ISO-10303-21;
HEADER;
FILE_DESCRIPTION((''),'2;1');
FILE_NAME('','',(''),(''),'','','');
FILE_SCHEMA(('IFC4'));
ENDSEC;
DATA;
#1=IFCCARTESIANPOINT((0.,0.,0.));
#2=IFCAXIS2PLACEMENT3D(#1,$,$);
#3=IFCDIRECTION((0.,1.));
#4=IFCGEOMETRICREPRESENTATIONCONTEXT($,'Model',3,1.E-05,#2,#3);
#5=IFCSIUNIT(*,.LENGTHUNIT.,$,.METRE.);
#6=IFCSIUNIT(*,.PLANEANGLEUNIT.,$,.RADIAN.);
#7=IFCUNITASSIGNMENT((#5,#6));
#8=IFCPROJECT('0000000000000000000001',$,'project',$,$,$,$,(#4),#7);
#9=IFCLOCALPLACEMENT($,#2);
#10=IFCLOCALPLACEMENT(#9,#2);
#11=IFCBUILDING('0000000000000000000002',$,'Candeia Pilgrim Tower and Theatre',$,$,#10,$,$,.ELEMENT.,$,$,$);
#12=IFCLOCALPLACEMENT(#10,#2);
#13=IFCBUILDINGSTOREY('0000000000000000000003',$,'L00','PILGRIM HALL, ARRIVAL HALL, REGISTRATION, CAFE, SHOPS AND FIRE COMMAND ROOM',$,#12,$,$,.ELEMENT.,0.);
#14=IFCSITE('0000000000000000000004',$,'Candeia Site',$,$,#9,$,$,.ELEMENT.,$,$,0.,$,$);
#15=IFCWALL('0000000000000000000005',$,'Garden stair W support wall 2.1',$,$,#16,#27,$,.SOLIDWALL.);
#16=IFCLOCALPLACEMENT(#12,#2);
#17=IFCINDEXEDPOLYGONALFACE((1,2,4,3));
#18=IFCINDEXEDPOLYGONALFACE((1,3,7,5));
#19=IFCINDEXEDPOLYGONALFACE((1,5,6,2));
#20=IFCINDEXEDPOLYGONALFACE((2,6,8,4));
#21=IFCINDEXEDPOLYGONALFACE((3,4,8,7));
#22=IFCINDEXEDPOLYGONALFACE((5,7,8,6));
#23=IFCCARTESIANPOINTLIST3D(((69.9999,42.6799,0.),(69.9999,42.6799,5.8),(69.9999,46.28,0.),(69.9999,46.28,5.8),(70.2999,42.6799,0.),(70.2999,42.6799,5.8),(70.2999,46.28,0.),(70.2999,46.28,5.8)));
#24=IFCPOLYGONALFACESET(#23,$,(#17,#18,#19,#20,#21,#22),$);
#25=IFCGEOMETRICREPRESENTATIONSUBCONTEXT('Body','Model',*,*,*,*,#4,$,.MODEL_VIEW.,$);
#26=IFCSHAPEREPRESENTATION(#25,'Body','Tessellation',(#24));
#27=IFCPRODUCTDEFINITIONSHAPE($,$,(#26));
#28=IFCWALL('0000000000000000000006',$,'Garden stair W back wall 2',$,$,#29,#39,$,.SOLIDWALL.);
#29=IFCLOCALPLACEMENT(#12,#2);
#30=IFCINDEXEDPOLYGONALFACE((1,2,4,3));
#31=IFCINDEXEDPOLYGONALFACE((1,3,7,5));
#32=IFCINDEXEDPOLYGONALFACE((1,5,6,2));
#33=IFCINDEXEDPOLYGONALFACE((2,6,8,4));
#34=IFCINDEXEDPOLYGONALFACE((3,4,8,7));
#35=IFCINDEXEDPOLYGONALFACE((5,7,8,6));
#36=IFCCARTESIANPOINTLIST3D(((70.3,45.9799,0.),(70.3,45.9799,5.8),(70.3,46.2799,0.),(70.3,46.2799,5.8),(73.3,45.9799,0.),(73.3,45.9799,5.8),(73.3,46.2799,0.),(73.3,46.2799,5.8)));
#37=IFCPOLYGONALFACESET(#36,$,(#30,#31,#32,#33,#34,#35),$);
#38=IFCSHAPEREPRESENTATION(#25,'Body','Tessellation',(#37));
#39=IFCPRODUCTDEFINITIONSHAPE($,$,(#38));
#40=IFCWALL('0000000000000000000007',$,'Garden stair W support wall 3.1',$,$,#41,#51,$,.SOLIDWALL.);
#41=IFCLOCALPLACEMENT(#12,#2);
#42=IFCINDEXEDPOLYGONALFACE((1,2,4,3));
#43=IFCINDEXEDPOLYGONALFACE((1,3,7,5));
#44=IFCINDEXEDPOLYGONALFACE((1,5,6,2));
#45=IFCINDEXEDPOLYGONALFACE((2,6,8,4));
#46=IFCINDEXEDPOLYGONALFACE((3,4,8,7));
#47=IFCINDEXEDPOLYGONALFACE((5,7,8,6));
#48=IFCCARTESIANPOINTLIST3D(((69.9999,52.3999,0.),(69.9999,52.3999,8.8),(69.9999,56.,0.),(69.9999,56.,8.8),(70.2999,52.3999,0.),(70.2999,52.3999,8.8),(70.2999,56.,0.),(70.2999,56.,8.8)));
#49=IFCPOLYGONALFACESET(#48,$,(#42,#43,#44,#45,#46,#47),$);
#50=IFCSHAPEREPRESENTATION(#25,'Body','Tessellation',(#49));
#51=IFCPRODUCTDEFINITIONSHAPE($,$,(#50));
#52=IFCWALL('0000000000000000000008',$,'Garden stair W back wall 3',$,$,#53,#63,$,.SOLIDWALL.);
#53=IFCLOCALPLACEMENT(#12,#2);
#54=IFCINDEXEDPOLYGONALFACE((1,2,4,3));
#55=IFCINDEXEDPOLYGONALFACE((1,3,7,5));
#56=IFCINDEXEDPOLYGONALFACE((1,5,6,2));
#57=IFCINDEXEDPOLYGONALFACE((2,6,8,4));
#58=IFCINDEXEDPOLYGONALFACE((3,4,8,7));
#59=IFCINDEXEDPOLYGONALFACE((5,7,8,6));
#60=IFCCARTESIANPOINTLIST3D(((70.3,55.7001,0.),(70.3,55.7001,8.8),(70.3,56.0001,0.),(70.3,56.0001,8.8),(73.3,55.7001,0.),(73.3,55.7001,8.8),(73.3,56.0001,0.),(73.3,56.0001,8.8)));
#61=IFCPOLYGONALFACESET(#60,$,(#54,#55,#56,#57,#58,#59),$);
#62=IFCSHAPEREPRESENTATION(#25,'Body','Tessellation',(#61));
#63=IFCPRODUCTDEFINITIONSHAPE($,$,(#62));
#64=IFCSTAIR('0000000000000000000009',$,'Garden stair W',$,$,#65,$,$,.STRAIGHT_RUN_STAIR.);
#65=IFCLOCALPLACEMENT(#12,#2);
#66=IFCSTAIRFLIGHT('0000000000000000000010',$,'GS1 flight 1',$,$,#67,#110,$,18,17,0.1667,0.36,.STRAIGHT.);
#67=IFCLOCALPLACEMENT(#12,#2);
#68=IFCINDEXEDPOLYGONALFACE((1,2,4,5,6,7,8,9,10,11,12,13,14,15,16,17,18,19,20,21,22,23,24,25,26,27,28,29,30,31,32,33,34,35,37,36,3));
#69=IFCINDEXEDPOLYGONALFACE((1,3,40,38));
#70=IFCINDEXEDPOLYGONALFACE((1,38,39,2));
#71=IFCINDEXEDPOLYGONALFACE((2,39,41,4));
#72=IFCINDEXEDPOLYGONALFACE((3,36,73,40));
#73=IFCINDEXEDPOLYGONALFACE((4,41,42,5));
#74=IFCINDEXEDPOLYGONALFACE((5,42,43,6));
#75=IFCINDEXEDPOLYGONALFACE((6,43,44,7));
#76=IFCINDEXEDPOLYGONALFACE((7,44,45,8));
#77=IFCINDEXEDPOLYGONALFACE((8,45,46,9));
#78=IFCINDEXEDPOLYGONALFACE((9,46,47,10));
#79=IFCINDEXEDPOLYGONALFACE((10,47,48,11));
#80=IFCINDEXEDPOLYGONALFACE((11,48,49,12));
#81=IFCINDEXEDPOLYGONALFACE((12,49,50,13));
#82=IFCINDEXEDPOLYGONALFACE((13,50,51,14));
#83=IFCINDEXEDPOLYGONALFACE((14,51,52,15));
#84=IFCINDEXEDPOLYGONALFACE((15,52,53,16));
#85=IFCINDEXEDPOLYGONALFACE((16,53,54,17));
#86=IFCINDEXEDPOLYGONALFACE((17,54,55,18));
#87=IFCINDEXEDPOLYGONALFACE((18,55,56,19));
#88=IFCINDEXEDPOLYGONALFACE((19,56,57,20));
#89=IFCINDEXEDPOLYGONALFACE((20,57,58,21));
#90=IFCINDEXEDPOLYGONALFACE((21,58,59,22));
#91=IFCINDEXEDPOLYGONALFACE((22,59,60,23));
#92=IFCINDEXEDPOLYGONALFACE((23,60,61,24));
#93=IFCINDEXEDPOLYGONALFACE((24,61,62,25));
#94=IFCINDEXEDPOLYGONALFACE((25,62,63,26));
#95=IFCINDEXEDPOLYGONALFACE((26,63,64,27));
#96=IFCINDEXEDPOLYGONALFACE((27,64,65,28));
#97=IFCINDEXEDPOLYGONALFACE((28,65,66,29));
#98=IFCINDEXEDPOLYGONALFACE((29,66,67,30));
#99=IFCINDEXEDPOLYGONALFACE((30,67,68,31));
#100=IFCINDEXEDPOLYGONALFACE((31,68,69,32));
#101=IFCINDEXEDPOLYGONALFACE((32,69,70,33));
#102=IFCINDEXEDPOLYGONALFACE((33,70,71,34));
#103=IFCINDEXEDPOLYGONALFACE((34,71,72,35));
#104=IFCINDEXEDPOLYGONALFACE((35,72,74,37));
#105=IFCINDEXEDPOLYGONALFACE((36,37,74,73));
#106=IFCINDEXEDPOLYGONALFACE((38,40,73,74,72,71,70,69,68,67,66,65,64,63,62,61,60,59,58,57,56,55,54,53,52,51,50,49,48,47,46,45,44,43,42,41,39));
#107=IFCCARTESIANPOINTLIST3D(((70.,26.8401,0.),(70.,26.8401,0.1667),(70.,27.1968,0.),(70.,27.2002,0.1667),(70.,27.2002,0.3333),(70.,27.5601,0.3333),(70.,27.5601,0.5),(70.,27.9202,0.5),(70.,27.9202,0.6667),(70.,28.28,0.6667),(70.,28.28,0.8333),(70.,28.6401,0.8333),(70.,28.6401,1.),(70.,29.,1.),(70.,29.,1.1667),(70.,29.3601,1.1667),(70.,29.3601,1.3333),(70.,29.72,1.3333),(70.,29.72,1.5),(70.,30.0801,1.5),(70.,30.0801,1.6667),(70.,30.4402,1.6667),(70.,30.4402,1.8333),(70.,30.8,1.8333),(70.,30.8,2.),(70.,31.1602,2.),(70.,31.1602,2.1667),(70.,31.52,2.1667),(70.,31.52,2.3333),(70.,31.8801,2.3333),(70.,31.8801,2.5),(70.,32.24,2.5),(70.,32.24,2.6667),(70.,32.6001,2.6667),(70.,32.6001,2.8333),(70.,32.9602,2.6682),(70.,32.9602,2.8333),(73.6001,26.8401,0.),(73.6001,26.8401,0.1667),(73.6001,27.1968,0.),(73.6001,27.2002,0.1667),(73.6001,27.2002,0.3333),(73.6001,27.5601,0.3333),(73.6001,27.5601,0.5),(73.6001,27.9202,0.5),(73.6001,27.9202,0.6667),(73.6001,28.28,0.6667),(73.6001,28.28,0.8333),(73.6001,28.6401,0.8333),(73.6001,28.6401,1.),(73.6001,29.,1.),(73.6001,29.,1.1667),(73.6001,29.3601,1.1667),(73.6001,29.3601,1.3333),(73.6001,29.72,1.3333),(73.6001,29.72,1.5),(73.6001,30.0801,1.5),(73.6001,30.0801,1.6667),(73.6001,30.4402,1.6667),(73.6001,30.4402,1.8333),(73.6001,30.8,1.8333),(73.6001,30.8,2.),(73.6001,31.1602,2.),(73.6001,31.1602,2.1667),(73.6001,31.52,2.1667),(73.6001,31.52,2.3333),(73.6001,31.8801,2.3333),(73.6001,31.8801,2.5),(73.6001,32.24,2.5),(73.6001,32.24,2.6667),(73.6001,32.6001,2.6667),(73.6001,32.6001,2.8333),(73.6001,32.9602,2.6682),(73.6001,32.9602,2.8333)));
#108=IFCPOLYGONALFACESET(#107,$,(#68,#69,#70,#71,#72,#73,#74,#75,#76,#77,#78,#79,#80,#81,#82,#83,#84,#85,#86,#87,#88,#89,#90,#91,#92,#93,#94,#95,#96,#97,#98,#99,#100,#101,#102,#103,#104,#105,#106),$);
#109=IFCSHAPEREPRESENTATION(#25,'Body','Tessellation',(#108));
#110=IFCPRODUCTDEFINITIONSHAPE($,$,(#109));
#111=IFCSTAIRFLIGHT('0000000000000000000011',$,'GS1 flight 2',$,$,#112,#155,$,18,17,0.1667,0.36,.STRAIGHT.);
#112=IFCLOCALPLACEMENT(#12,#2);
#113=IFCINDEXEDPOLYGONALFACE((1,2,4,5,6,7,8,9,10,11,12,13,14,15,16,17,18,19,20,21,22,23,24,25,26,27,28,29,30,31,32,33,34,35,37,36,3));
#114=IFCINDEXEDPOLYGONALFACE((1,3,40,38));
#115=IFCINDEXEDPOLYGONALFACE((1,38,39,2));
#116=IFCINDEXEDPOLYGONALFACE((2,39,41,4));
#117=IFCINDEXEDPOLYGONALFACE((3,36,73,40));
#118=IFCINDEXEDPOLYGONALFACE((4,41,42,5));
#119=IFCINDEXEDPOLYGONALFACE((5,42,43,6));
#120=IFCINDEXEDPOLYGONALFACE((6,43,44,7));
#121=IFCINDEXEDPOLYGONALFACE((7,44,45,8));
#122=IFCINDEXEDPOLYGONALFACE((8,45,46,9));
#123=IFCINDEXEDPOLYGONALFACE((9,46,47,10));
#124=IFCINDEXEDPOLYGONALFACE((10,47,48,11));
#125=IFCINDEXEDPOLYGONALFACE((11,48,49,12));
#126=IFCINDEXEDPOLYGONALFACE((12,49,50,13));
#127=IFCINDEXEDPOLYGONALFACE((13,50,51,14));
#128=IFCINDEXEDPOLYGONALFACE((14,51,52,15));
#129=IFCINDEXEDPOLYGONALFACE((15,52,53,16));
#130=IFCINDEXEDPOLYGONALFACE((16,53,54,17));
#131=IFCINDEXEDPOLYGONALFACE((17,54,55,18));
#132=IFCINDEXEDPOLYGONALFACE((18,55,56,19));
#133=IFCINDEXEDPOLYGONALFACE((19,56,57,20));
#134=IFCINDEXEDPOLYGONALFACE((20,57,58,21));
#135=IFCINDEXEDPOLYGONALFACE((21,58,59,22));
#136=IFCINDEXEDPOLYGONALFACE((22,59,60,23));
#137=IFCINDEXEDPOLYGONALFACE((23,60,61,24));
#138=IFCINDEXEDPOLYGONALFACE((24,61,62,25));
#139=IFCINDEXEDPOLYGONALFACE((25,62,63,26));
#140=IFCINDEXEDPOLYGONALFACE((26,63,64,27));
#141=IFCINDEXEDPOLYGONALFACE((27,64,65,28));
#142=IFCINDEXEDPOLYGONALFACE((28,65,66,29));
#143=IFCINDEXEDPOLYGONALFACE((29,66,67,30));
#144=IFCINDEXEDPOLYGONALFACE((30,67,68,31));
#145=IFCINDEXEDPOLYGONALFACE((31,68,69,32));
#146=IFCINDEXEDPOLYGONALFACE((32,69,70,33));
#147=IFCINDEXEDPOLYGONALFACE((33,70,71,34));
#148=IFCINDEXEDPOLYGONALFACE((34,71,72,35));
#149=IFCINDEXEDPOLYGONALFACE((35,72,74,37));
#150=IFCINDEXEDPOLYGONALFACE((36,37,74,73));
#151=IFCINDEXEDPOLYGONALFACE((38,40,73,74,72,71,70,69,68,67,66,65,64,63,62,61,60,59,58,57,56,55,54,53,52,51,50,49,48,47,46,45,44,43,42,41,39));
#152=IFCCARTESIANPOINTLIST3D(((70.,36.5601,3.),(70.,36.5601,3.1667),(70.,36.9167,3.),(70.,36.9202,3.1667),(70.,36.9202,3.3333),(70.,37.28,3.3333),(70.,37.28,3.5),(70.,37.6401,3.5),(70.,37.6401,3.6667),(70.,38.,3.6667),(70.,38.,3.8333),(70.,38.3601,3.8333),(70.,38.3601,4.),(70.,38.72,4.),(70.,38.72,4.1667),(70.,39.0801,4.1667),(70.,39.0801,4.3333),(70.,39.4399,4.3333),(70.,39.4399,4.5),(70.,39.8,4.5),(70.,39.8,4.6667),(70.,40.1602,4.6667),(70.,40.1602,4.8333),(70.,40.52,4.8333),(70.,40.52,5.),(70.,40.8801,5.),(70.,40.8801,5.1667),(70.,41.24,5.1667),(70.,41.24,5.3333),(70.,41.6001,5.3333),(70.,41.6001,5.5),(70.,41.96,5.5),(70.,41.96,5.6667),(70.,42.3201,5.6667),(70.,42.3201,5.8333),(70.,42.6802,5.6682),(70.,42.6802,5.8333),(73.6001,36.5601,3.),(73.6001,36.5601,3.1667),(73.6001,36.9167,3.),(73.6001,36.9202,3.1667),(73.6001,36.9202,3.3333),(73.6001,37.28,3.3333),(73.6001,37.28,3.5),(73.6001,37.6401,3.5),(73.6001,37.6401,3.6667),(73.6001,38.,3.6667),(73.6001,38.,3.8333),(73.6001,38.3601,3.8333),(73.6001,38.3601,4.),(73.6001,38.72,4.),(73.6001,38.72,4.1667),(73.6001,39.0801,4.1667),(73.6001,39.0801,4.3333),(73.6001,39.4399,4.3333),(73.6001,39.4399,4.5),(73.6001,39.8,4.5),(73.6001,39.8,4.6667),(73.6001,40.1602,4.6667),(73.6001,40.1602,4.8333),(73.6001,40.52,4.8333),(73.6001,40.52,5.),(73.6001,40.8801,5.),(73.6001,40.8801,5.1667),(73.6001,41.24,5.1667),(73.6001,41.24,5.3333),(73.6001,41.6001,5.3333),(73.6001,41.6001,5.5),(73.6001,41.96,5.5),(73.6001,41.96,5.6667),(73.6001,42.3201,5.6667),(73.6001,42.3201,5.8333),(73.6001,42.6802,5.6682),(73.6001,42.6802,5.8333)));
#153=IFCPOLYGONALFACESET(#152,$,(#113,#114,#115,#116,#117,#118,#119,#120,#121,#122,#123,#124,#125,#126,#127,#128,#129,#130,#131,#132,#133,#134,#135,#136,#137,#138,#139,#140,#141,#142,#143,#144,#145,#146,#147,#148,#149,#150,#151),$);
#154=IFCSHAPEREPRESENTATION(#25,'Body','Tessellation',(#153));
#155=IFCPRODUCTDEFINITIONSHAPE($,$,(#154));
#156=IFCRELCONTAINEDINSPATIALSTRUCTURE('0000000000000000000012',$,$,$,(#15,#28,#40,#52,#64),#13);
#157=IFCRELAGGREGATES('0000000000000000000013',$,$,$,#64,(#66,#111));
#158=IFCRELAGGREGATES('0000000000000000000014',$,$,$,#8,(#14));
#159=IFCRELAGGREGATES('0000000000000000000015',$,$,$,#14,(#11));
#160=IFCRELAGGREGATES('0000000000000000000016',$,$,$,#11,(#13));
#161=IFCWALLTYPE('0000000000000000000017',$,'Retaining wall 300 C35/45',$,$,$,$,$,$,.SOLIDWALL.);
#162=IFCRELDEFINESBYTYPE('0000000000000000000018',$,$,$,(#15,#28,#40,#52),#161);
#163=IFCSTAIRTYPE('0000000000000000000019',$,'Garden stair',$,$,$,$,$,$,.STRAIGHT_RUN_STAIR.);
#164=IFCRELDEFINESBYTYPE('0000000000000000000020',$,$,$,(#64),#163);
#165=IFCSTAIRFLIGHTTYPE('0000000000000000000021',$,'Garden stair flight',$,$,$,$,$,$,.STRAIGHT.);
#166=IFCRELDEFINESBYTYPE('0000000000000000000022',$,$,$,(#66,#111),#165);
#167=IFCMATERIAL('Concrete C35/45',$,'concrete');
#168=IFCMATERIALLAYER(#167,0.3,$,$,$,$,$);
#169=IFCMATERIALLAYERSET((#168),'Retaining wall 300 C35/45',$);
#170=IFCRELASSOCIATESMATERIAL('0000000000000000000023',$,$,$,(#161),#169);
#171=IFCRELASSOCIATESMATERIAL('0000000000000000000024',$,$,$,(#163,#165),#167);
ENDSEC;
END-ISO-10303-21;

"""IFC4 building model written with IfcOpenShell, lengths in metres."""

from ifc_helpers import new_model, si_unit, direction, frame, frame_2d, origin, place, context, subcontext, project, spatial, polyline, rectangle, outline, extrude, material, layer, layer_set, type_object, element, aggregate, save


model = new_model("IFC4")

# Units and contexts
model_context = context("Model", 3, precision=1e-05, world=origin(), true_north=direction((0.0, 1.0)))
body_context = subcontext(model_context, "Body", "Model", "MODEL_VIEW")
ifc_project = project(units=[si_unit("LENGTHUNIT", "METRE"), si_unit("PLANEANGLEUNIT", "RADIAN")], contexts=[model_context])

# Site, building, storey
site_placement = place(None, origin())
site = spatial("IfcSite", under=ifc_project, at=site_placement, Name="Candeia Site", CompositionType="ELEMENT", RefElevation=0.0)
building_placement = place(site_placement, origin())
building = spatial("IfcBuilding", under=site, at=building_placement, Name="Candeia Pilgrim Tower and Theatre", CompositionType="ELEMENT")
storey_placement = place(building_placement, origin())
storey = spatial("IfcBuildingStorey", under=building, at=storey_placement, Name="L00", Description="PILGRIM HALL, ARRIVAL HALL, REGISTRATION, CAFE, SHOPS AND FIRE COMMAND ROOM", CompositionType="ELEMENT", Elevation=0.0)

# Shared definitions
ifc_material_1 = material(Name="Concrete C35/45", Category="concrete")

# Walls
ifc_layer_1 = layer(ifc_material_1, 0.3)
ifc_layer_set_1 = layer_set([ifc_layer_1], Name="Retaining wall 300 C35/45")
wall_type = type_object("IfcWallType", Name="Retaining wall 300 C35/45", PredefinedType="SOLIDWALL", material=ifc_layer_set_1)
wall_1_placement = place(storey_placement, frame((70.1499, 42.6799, 0.0), z_axis=(0.0, 0.0, 1.0), x_axis=(0.0, 1.0, 0.0)))
element("IfcWall", 1, at=wall_1_placement, inside=storey, type_object=wall_type, Name="Garden stair W support wall 2.1", PredefinedType="SOLIDWALL", context=body_context, shape_type="SweptSolid", body=[
    extrude(rectangle(XDim=3.6001, YDim=0.3, at=frame_2d((1.8, 0.0))), origin(), (0.0, 0.0, 1.0), 5.8),
])
wall_2_placement = place(storey_placement, frame((70.3, 46.1299, 0.0), z_axis=(0.0, 0.0, 1.0), x_axis=(1.0, 0.0, 0.0)))
element("IfcWall", 2, at=wall_2_placement, inside=storey, type_object=wall_type, Name="Garden stair W back wall 2", PredefinedType="SOLIDWALL", context=body_context, shape_type="SweptSolid", body=[
    extrude(rectangle(XDim=3.0, YDim=0.3, at=frame_2d((1.5, 0.0))), origin(), (0.0, 0.0, 1.0), 5.8),
])
wall_3_placement = place(storey_placement, frame((70.1499, 52.3999, 0.0), z_axis=(0.0, 0.0, 1.0), x_axis=(0.0, 1.0, 0.0)))
element("IfcWall", 3, at=wall_3_placement, inside=storey, type_object=wall_type, Name="Garden stair W support wall 3.1", PredefinedType="SOLIDWALL", context=body_context, shape_type="SweptSolid", body=[
    extrude(rectangle(XDim=3.6001, YDim=0.3, at=frame_2d((1.8, 0.0))), origin(), (0.0, 0.0, 1.0), 8.8),
])
wall_4_placement = place(storey_placement, frame((70.3, 55.8501, 0.0), z_axis=(0.0, 0.0, 1.0), x_axis=(1.0, 0.0, 0.0)))
element("IfcWall", 4, at=wall_4_placement, inside=storey, type_object=wall_type, Name="Garden stair W back wall 3", PredefinedType="SOLIDWALL", context=body_context, shape_type="SweptSolid", body=[
    extrude(rectangle(XDim=3.0, YDim=0.3, at=frame_2d((1.5, 0.0))), origin(), (0.0, 0.0, 1.0), 8.8),
])

# Stair, stair flights
stair_type_1 = type_object("IfcStairType", Name="Garden stair", PredefinedType="STRAIGHT_RUN_STAIR", material=ifc_material_1)
stair_1_placement = place(storey_placement, origin())
stair_1 = element("IfcStair", 5, at=stair_1_placement, inside=storey, type_object=stair_type_1, Name="Garden stair W", PredefinedType="STRAIGHT_RUN_STAIR")
stair_flight_type_1 = type_object("IfcStairFlightType", Name="Garden stair flight", PredefinedType="STRAIGHT", material=ifc_material_1)
stair_flight_1_placement = place(storey_placement, frame((71.8, 26.8401, 0.0), z_axis=(0.0, 0.0, 1.0), x_axis=(0.0, 1.0, 0.0)))
stair_flight_1 = element("IfcStairFlight", 6, at=stair_flight_1_placement, type_object=stair_flight_type_1, Name="GS1 flight 1", NumberOfRisers=18, NumberOfTreads=17, PredefinedType="STRAIGHT", RiserHeight=0.1667, TreadLength=0.36, context=body_context, shape_type="SweptSolid", body=[
    extrude(outline(polyline([(0.0, 0.0), (0.0, 0.1667), (0.3601, 0.1667), (0.3601, 0.3333), (0.72, 0.3333), (0.72, 0.5), (1.0801, 0.5), (1.0801, 0.6667), (1.4399, 0.6667), (1.4399, 0.8333), (1.8, 0.8333), (1.8, 1.0), (2.1599, 1.0), (2.1599, 1.1667), (2.52, 1.1667), (2.52, 1.3333), (2.8799, 1.3333), (2.8799, 1.5), (3.24, 1.5), (3.24, 1.6667), (3.6001, 1.6667), (3.6001, 1.8333), (3.96, 1.8333), (3.96, 2.0), (4.3201, 2.0), (4.3201, 2.1667), (4.6799, 2.1667), (4.6799, 2.3333), (5.04, 2.3333), (5.04, 2.5), (5.3999, 2.5), (5.3999, 2.6667), (5.76, 2.6667), (5.76, 2.8333), (6.1201, 2.8333), (6.1201, 3.0), (6.1201, 2.6682), (0.3567, 0.0), (0.0, 0.0)])), frame((0.0, 1.8, 0.0), z_axis=(0.0, -1.0, 0.0), x_axis=(1.0, 0.0, 0.0)), (0.0, 0.0, 1.0), 3.6001),
])
stair_flight_2_placement = place(storey_placement, frame((71.8, 36.5601, 3.0), z_axis=(0.0, 0.0, 1.0), x_axis=(0.0, 1.0, 0.0)))
stair_flight_2 = element("IfcStairFlight", 7, at=stair_flight_2_placement, type_object=stair_flight_type_1, Name="GS1 flight 2", NumberOfRisers=18, NumberOfTreads=17, PredefinedType="STRAIGHT", RiserHeight=0.1667, TreadLength=0.36, context=body_context, shape_type="SweptSolid", body=[
    extrude(outline(polyline([(0.0, 0.0), (0.0, 0.1667), (0.3601, 0.1667), (0.3601, 0.3333), (0.72, 0.3333), (0.72, 0.5), (1.0801, 0.5), (1.0801, 0.6667), (1.4399, 0.6667), (1.4399, 0.8333), (1.8, 0.8333), (1.8, 1.0), (2.1599, 1.0), (2.1599, 1.1667), (2.52, 1.1667), (2.52, 1.3333), (2.8799, 1.3333), (2.8799, 1.5), (3.24, 1.5), (3.24, 1.6667), (3.6001, 1.6667), (3.6001, 1.8333), (3.96, 1.8333), (3.96, 2.0), (4.3201, 2.0), (4.3201, 2.1667), (4.6799, 2.1667), (4.6799, 2.3333), (5.04, 2.3333), (5.04, 2.5), (5.3999, 2.5), (5.3999, 2.6667), (5.76, 2.6667), (5.76, 2.8333), (6.1201, 2.8333), (6.1201, 3.0), (6.1201, 2.6682), (0.3567, 0.0), (0.0, 0.0)])), frame((0.0, 1.8, 0.0), z_axis=(0.0, -1.0, 0.0), x_axis=(1.0, 0.0, 0.0)), (0.0, 0.0, 1.0), 3.6001),
])
aggregate(stair_1, [stair_flight_1, stair_flight_2])

save(model, "model.ifc")
